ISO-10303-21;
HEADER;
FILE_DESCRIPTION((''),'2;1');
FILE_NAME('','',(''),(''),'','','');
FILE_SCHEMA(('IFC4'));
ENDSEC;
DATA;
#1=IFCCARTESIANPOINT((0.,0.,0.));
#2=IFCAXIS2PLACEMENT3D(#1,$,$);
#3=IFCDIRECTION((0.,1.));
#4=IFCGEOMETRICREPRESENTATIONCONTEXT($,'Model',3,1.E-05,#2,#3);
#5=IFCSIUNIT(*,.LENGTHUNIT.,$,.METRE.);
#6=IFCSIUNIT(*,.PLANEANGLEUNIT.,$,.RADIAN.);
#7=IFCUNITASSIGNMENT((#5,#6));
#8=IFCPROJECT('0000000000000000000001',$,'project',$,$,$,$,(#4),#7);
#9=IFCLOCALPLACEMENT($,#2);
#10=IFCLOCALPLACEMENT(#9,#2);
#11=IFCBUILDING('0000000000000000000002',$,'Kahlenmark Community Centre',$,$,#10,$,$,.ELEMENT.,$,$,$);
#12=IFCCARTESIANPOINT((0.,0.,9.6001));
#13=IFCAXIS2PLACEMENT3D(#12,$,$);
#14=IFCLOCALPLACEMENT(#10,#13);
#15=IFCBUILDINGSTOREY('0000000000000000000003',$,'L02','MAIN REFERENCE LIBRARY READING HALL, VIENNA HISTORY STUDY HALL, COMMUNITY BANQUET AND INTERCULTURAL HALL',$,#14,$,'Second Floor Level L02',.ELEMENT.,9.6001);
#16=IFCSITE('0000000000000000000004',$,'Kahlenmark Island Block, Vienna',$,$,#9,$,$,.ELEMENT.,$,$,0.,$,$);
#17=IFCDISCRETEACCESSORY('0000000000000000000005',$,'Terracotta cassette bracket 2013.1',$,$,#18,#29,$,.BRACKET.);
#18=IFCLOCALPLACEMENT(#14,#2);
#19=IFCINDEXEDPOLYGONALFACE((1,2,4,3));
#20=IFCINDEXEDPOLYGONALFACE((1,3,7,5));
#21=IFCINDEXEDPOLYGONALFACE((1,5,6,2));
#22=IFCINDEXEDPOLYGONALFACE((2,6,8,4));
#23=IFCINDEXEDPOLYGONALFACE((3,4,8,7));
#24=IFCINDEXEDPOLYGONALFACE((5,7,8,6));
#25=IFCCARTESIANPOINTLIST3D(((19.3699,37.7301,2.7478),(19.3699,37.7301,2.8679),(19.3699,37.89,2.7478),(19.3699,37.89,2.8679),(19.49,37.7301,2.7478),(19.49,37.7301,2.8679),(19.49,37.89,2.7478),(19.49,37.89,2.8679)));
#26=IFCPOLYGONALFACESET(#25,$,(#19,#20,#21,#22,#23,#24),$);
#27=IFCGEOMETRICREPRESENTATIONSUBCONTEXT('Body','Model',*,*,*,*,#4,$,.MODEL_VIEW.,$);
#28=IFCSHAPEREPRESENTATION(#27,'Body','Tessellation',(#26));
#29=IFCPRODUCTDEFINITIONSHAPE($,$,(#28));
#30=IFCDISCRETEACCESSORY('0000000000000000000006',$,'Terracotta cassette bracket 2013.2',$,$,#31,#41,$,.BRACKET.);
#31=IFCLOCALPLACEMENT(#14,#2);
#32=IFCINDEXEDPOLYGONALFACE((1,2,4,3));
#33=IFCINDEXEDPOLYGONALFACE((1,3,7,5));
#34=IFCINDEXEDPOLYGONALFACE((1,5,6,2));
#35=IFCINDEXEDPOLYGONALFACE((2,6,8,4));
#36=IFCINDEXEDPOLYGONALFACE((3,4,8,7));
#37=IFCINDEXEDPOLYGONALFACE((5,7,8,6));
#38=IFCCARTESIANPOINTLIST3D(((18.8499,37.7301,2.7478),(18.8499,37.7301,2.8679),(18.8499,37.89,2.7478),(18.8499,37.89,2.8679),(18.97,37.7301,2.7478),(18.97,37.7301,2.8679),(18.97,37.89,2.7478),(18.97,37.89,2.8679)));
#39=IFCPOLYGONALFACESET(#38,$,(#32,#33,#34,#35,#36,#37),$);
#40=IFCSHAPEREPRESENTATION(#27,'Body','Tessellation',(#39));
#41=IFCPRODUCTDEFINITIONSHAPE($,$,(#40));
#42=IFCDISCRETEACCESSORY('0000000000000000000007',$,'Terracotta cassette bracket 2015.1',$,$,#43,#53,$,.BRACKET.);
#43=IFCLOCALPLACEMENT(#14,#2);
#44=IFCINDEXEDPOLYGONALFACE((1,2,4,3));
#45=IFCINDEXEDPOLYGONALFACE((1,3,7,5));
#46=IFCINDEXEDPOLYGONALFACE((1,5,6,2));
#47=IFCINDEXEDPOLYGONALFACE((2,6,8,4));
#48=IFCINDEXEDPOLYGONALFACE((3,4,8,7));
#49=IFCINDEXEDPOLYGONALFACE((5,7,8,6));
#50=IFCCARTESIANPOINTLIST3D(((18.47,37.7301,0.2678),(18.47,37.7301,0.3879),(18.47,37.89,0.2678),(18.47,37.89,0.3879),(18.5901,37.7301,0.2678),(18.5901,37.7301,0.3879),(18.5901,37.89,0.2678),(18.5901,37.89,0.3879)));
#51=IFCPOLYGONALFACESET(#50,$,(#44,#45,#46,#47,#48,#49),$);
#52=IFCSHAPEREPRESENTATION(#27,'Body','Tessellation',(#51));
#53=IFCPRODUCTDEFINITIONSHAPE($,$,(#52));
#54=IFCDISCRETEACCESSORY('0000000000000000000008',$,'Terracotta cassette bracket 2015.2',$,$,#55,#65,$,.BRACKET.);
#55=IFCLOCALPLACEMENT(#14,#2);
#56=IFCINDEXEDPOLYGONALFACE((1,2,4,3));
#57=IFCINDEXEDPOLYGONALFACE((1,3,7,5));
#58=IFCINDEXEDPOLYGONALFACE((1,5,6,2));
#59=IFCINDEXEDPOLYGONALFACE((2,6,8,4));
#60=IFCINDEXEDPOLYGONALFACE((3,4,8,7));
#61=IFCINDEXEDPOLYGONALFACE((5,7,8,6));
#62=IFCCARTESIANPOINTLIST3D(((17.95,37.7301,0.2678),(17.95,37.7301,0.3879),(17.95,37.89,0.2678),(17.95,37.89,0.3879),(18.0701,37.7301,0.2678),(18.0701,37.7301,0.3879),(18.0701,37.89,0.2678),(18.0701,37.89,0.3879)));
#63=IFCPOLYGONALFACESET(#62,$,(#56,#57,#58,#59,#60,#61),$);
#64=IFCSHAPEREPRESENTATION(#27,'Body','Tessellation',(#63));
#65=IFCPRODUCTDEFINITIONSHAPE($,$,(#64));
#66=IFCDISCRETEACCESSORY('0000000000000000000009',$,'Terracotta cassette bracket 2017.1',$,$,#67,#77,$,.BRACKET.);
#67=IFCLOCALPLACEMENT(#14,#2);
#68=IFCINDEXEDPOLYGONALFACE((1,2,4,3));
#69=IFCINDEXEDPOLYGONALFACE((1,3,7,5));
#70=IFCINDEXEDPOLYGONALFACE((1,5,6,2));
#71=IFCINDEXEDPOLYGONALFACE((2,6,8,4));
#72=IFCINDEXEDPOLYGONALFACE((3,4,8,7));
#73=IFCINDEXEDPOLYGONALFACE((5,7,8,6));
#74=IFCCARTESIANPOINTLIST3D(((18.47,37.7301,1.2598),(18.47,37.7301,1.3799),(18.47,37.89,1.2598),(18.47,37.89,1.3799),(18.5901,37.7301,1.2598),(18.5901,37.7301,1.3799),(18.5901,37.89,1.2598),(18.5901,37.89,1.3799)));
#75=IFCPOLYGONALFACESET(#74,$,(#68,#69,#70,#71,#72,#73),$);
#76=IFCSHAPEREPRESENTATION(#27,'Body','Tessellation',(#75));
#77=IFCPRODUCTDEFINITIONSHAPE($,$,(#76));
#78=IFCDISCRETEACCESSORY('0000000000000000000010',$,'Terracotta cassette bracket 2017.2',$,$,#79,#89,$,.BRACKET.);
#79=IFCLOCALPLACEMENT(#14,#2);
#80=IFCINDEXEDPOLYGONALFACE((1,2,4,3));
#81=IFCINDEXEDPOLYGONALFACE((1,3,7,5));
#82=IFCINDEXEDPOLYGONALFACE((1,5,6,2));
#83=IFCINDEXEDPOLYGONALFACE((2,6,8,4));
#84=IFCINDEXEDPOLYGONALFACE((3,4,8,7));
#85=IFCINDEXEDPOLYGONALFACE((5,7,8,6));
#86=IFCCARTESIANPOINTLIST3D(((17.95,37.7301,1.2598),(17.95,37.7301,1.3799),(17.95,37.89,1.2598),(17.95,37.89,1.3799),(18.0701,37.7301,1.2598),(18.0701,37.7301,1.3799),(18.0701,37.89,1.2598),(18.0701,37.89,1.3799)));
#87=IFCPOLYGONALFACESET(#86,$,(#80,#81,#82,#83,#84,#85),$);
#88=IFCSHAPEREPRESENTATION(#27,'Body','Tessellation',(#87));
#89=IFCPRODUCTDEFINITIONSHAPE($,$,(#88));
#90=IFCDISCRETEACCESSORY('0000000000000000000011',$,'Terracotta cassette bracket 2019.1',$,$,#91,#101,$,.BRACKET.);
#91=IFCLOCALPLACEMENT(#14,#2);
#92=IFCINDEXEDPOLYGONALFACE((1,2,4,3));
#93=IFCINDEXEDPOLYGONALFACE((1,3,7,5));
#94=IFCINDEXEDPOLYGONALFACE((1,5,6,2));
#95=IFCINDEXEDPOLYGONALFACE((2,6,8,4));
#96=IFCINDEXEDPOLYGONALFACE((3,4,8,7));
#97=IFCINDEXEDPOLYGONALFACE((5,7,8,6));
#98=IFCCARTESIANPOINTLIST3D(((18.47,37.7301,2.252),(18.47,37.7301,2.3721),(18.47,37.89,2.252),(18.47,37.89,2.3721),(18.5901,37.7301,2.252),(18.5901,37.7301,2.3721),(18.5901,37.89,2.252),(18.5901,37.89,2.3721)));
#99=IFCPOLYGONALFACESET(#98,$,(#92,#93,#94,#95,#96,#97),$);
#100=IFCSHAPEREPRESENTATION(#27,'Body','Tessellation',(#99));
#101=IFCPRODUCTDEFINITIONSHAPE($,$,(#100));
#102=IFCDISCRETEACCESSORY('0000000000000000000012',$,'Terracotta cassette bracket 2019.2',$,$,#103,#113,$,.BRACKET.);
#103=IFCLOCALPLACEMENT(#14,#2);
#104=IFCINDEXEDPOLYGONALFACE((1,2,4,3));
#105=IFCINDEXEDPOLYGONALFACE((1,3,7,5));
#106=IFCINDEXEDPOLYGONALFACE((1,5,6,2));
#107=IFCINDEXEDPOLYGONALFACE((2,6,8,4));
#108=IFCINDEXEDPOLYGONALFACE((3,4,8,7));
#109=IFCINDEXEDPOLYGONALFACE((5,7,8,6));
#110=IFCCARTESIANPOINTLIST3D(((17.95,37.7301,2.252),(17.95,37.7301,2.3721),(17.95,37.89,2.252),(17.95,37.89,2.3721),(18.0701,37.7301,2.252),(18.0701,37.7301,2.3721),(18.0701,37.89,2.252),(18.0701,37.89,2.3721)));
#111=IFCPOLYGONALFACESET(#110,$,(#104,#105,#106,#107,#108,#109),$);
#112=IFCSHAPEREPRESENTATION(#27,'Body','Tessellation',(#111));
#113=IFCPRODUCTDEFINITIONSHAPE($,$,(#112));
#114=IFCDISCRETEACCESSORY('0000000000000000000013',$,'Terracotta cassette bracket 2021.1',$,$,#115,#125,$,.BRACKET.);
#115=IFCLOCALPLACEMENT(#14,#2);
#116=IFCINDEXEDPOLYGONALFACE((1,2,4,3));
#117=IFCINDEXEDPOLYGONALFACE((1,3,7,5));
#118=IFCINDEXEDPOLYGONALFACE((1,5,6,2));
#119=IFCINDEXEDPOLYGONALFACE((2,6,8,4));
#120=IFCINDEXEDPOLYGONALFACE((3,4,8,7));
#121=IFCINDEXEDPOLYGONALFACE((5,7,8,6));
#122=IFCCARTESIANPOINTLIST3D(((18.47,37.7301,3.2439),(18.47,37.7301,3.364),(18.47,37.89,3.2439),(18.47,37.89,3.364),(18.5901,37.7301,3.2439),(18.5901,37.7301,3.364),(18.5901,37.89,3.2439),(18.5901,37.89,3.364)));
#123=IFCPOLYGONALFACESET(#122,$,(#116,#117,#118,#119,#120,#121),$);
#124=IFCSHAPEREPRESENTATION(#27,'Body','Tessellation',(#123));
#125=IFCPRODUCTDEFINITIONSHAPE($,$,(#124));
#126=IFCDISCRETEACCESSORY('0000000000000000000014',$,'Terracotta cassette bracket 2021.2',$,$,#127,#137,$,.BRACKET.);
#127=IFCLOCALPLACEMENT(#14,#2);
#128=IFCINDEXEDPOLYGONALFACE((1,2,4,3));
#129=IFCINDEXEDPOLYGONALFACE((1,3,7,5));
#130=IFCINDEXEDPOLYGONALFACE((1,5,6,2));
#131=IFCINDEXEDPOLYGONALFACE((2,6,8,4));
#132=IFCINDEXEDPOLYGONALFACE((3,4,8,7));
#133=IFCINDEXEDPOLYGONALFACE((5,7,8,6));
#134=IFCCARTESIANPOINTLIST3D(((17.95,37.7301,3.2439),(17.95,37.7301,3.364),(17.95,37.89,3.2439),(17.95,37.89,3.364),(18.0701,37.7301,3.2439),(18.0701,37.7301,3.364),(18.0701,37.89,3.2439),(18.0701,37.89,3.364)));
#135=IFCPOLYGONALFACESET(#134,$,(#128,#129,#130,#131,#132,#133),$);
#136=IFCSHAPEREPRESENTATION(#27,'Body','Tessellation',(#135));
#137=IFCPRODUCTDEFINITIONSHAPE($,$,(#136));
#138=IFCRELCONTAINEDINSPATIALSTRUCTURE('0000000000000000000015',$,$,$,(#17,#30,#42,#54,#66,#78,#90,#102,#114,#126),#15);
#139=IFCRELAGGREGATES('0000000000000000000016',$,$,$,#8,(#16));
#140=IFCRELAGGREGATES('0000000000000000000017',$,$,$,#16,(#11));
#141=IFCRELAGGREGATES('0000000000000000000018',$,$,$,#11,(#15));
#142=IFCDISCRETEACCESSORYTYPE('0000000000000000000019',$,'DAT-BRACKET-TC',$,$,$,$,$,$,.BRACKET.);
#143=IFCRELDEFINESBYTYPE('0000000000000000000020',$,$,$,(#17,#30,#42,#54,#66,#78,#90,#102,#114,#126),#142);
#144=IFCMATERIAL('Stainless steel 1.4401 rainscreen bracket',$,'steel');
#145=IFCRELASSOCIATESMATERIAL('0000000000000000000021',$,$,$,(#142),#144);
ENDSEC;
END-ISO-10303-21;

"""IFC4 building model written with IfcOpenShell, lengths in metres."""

from ifc_helpers import new_model, si_unit, direction, frame, origin, origin_2d, place, context, subcontext, project, spatial, rectangle, extrude, material, type_object, element, save


model = new_model("IFC4")

# Units and contexts
model_context = context("Model", 3, precision=1e-05, world=origin(), true_north=direction((0.0, 1.0)))
body_context = subcontext(model_context, "Body", "Model", "MODEL_VIEW")
ifc_project = project(units=[si_unit("LENGTHUNIT", "METRE"), si_unit("PLANEANGLEUNIT", "RADIAN")], contexts=[model_context])

# Site, building, storey
site_placement = place(None, origin())
site = spatial("IfcSite", under=ifc_project, at=site_placement, Name="Kahlenmark Island Block, Vienna", CompositionType="ELEMENT", RefElevation=0.0)
building_placement = place(site_placement, origin())
building = spatial("IfcBuilding", under=site, at=building_placement, Name="Kahlenmark Community Centre", CompositionType="ELEMENT")
storey_placement = place(building_placement, frame((0.0, 0.0, 9.6001)))
storey = spatial("IfcBuildingStorey", under=building, at=storey_placement, Name="L02", Description="MAIN REFERENCE LIBRARY READING HALL, VIENNA HISTORY STUDY HALL, COMMUNITY BANQUET AND INTERCULTURAL HALL", LongName="Second Floor Level L02", CompositionType="ELEMENT", Elevation=9.6001)

# Discrete accessories
ifc_material_1 = material(Name="Stainless steel 1.4401 rainscreen bracket", Category="steel")
discrete_accessory_type = type_object("IfcDiscreteAccessoryType", Name="DAT-BRACKET-TC", PredefinedType="BRACKET", material=ifc_material_1)
for number, where, z_axis, x_axis, name in (
    (1, (19.4299, 37.8101, 2.7478), (0.0, 0.0, 1.0), (-1.0, 0.0, 0.0), "Terracotta cassette bracket 2013.1"),
    (2, (18.9099, 37.8101, 2.7478), (0.0, 0.0, 1.0), (-1.0, 0.0, 0.0), "Terracotta cassette bracket 2013.2"),
    (3, (18.53, 37.8101, 0.2678), (0.0, 0.0, 1.0), (-1.0, 0.0, 0.0), "Terracotta cassette bracket 2015.1"),
    (4, (18.01, 37.8101, 0.2678), (0.0, 0.0, 1.0), (-1.0, 0.0, 0.0), "Terracotta cassette bracket 2015.2"),
    (5, (18.53, 37.8101, 1.2598), (0.0, 0.0, 1.0), (-1.0, 0.0, 0.0), "Terracotta cassette bracket 2017.1"),
    (6, (18.01, 37.8101, 1.2598), (0.0, 0.0, 1.0), (-1.0, 0.0, 0.0), "Terracotta cassette bracket 2017.2"),
    (7, (18.53, 37.8101, 2.252), (0.0, 0.0, 1.0), (-1.0, 0.0, 0.0), "Terracotta cassette bracket 2019.1"),
    (8, (18.01, 37.8101, 2.252), (0.0, 0.0, 1.0), (-1.0, 0.0, 0.0), "Terracotta cassette bracket 2019.2"),
    (9, (18.53, 37.8101, 3.2439), (0.0, 0.0, 1.0), (-1.0, 0.0, 0.0), "Terracotta cassette bracket 2021.1"),
    (10, (18.01, 37.8101, 3.2439), (0.0, 0.0, 1.0), (-1.0, 0.0, 0.0), "Terracotta cassette bracket 2021.2"),
):
    element("IfcDiscreteAccessory", number, at=place(storey_placement, frame(where, z_axis=z_axis, x_axis=x_axis)), inside=storey, type_object=discrete_accessory_type, Name=name, PredefinedType="BRACKET", context=body_context, shape_type="SweptSolid", body=[
        extrude(rectangle(XDim=0.1201, YDim=0.1599, at=origin_2d()), origin(), (0.0, 0.0, 1.0), 0.1201),
    ])

save(model, "model.ifc")
